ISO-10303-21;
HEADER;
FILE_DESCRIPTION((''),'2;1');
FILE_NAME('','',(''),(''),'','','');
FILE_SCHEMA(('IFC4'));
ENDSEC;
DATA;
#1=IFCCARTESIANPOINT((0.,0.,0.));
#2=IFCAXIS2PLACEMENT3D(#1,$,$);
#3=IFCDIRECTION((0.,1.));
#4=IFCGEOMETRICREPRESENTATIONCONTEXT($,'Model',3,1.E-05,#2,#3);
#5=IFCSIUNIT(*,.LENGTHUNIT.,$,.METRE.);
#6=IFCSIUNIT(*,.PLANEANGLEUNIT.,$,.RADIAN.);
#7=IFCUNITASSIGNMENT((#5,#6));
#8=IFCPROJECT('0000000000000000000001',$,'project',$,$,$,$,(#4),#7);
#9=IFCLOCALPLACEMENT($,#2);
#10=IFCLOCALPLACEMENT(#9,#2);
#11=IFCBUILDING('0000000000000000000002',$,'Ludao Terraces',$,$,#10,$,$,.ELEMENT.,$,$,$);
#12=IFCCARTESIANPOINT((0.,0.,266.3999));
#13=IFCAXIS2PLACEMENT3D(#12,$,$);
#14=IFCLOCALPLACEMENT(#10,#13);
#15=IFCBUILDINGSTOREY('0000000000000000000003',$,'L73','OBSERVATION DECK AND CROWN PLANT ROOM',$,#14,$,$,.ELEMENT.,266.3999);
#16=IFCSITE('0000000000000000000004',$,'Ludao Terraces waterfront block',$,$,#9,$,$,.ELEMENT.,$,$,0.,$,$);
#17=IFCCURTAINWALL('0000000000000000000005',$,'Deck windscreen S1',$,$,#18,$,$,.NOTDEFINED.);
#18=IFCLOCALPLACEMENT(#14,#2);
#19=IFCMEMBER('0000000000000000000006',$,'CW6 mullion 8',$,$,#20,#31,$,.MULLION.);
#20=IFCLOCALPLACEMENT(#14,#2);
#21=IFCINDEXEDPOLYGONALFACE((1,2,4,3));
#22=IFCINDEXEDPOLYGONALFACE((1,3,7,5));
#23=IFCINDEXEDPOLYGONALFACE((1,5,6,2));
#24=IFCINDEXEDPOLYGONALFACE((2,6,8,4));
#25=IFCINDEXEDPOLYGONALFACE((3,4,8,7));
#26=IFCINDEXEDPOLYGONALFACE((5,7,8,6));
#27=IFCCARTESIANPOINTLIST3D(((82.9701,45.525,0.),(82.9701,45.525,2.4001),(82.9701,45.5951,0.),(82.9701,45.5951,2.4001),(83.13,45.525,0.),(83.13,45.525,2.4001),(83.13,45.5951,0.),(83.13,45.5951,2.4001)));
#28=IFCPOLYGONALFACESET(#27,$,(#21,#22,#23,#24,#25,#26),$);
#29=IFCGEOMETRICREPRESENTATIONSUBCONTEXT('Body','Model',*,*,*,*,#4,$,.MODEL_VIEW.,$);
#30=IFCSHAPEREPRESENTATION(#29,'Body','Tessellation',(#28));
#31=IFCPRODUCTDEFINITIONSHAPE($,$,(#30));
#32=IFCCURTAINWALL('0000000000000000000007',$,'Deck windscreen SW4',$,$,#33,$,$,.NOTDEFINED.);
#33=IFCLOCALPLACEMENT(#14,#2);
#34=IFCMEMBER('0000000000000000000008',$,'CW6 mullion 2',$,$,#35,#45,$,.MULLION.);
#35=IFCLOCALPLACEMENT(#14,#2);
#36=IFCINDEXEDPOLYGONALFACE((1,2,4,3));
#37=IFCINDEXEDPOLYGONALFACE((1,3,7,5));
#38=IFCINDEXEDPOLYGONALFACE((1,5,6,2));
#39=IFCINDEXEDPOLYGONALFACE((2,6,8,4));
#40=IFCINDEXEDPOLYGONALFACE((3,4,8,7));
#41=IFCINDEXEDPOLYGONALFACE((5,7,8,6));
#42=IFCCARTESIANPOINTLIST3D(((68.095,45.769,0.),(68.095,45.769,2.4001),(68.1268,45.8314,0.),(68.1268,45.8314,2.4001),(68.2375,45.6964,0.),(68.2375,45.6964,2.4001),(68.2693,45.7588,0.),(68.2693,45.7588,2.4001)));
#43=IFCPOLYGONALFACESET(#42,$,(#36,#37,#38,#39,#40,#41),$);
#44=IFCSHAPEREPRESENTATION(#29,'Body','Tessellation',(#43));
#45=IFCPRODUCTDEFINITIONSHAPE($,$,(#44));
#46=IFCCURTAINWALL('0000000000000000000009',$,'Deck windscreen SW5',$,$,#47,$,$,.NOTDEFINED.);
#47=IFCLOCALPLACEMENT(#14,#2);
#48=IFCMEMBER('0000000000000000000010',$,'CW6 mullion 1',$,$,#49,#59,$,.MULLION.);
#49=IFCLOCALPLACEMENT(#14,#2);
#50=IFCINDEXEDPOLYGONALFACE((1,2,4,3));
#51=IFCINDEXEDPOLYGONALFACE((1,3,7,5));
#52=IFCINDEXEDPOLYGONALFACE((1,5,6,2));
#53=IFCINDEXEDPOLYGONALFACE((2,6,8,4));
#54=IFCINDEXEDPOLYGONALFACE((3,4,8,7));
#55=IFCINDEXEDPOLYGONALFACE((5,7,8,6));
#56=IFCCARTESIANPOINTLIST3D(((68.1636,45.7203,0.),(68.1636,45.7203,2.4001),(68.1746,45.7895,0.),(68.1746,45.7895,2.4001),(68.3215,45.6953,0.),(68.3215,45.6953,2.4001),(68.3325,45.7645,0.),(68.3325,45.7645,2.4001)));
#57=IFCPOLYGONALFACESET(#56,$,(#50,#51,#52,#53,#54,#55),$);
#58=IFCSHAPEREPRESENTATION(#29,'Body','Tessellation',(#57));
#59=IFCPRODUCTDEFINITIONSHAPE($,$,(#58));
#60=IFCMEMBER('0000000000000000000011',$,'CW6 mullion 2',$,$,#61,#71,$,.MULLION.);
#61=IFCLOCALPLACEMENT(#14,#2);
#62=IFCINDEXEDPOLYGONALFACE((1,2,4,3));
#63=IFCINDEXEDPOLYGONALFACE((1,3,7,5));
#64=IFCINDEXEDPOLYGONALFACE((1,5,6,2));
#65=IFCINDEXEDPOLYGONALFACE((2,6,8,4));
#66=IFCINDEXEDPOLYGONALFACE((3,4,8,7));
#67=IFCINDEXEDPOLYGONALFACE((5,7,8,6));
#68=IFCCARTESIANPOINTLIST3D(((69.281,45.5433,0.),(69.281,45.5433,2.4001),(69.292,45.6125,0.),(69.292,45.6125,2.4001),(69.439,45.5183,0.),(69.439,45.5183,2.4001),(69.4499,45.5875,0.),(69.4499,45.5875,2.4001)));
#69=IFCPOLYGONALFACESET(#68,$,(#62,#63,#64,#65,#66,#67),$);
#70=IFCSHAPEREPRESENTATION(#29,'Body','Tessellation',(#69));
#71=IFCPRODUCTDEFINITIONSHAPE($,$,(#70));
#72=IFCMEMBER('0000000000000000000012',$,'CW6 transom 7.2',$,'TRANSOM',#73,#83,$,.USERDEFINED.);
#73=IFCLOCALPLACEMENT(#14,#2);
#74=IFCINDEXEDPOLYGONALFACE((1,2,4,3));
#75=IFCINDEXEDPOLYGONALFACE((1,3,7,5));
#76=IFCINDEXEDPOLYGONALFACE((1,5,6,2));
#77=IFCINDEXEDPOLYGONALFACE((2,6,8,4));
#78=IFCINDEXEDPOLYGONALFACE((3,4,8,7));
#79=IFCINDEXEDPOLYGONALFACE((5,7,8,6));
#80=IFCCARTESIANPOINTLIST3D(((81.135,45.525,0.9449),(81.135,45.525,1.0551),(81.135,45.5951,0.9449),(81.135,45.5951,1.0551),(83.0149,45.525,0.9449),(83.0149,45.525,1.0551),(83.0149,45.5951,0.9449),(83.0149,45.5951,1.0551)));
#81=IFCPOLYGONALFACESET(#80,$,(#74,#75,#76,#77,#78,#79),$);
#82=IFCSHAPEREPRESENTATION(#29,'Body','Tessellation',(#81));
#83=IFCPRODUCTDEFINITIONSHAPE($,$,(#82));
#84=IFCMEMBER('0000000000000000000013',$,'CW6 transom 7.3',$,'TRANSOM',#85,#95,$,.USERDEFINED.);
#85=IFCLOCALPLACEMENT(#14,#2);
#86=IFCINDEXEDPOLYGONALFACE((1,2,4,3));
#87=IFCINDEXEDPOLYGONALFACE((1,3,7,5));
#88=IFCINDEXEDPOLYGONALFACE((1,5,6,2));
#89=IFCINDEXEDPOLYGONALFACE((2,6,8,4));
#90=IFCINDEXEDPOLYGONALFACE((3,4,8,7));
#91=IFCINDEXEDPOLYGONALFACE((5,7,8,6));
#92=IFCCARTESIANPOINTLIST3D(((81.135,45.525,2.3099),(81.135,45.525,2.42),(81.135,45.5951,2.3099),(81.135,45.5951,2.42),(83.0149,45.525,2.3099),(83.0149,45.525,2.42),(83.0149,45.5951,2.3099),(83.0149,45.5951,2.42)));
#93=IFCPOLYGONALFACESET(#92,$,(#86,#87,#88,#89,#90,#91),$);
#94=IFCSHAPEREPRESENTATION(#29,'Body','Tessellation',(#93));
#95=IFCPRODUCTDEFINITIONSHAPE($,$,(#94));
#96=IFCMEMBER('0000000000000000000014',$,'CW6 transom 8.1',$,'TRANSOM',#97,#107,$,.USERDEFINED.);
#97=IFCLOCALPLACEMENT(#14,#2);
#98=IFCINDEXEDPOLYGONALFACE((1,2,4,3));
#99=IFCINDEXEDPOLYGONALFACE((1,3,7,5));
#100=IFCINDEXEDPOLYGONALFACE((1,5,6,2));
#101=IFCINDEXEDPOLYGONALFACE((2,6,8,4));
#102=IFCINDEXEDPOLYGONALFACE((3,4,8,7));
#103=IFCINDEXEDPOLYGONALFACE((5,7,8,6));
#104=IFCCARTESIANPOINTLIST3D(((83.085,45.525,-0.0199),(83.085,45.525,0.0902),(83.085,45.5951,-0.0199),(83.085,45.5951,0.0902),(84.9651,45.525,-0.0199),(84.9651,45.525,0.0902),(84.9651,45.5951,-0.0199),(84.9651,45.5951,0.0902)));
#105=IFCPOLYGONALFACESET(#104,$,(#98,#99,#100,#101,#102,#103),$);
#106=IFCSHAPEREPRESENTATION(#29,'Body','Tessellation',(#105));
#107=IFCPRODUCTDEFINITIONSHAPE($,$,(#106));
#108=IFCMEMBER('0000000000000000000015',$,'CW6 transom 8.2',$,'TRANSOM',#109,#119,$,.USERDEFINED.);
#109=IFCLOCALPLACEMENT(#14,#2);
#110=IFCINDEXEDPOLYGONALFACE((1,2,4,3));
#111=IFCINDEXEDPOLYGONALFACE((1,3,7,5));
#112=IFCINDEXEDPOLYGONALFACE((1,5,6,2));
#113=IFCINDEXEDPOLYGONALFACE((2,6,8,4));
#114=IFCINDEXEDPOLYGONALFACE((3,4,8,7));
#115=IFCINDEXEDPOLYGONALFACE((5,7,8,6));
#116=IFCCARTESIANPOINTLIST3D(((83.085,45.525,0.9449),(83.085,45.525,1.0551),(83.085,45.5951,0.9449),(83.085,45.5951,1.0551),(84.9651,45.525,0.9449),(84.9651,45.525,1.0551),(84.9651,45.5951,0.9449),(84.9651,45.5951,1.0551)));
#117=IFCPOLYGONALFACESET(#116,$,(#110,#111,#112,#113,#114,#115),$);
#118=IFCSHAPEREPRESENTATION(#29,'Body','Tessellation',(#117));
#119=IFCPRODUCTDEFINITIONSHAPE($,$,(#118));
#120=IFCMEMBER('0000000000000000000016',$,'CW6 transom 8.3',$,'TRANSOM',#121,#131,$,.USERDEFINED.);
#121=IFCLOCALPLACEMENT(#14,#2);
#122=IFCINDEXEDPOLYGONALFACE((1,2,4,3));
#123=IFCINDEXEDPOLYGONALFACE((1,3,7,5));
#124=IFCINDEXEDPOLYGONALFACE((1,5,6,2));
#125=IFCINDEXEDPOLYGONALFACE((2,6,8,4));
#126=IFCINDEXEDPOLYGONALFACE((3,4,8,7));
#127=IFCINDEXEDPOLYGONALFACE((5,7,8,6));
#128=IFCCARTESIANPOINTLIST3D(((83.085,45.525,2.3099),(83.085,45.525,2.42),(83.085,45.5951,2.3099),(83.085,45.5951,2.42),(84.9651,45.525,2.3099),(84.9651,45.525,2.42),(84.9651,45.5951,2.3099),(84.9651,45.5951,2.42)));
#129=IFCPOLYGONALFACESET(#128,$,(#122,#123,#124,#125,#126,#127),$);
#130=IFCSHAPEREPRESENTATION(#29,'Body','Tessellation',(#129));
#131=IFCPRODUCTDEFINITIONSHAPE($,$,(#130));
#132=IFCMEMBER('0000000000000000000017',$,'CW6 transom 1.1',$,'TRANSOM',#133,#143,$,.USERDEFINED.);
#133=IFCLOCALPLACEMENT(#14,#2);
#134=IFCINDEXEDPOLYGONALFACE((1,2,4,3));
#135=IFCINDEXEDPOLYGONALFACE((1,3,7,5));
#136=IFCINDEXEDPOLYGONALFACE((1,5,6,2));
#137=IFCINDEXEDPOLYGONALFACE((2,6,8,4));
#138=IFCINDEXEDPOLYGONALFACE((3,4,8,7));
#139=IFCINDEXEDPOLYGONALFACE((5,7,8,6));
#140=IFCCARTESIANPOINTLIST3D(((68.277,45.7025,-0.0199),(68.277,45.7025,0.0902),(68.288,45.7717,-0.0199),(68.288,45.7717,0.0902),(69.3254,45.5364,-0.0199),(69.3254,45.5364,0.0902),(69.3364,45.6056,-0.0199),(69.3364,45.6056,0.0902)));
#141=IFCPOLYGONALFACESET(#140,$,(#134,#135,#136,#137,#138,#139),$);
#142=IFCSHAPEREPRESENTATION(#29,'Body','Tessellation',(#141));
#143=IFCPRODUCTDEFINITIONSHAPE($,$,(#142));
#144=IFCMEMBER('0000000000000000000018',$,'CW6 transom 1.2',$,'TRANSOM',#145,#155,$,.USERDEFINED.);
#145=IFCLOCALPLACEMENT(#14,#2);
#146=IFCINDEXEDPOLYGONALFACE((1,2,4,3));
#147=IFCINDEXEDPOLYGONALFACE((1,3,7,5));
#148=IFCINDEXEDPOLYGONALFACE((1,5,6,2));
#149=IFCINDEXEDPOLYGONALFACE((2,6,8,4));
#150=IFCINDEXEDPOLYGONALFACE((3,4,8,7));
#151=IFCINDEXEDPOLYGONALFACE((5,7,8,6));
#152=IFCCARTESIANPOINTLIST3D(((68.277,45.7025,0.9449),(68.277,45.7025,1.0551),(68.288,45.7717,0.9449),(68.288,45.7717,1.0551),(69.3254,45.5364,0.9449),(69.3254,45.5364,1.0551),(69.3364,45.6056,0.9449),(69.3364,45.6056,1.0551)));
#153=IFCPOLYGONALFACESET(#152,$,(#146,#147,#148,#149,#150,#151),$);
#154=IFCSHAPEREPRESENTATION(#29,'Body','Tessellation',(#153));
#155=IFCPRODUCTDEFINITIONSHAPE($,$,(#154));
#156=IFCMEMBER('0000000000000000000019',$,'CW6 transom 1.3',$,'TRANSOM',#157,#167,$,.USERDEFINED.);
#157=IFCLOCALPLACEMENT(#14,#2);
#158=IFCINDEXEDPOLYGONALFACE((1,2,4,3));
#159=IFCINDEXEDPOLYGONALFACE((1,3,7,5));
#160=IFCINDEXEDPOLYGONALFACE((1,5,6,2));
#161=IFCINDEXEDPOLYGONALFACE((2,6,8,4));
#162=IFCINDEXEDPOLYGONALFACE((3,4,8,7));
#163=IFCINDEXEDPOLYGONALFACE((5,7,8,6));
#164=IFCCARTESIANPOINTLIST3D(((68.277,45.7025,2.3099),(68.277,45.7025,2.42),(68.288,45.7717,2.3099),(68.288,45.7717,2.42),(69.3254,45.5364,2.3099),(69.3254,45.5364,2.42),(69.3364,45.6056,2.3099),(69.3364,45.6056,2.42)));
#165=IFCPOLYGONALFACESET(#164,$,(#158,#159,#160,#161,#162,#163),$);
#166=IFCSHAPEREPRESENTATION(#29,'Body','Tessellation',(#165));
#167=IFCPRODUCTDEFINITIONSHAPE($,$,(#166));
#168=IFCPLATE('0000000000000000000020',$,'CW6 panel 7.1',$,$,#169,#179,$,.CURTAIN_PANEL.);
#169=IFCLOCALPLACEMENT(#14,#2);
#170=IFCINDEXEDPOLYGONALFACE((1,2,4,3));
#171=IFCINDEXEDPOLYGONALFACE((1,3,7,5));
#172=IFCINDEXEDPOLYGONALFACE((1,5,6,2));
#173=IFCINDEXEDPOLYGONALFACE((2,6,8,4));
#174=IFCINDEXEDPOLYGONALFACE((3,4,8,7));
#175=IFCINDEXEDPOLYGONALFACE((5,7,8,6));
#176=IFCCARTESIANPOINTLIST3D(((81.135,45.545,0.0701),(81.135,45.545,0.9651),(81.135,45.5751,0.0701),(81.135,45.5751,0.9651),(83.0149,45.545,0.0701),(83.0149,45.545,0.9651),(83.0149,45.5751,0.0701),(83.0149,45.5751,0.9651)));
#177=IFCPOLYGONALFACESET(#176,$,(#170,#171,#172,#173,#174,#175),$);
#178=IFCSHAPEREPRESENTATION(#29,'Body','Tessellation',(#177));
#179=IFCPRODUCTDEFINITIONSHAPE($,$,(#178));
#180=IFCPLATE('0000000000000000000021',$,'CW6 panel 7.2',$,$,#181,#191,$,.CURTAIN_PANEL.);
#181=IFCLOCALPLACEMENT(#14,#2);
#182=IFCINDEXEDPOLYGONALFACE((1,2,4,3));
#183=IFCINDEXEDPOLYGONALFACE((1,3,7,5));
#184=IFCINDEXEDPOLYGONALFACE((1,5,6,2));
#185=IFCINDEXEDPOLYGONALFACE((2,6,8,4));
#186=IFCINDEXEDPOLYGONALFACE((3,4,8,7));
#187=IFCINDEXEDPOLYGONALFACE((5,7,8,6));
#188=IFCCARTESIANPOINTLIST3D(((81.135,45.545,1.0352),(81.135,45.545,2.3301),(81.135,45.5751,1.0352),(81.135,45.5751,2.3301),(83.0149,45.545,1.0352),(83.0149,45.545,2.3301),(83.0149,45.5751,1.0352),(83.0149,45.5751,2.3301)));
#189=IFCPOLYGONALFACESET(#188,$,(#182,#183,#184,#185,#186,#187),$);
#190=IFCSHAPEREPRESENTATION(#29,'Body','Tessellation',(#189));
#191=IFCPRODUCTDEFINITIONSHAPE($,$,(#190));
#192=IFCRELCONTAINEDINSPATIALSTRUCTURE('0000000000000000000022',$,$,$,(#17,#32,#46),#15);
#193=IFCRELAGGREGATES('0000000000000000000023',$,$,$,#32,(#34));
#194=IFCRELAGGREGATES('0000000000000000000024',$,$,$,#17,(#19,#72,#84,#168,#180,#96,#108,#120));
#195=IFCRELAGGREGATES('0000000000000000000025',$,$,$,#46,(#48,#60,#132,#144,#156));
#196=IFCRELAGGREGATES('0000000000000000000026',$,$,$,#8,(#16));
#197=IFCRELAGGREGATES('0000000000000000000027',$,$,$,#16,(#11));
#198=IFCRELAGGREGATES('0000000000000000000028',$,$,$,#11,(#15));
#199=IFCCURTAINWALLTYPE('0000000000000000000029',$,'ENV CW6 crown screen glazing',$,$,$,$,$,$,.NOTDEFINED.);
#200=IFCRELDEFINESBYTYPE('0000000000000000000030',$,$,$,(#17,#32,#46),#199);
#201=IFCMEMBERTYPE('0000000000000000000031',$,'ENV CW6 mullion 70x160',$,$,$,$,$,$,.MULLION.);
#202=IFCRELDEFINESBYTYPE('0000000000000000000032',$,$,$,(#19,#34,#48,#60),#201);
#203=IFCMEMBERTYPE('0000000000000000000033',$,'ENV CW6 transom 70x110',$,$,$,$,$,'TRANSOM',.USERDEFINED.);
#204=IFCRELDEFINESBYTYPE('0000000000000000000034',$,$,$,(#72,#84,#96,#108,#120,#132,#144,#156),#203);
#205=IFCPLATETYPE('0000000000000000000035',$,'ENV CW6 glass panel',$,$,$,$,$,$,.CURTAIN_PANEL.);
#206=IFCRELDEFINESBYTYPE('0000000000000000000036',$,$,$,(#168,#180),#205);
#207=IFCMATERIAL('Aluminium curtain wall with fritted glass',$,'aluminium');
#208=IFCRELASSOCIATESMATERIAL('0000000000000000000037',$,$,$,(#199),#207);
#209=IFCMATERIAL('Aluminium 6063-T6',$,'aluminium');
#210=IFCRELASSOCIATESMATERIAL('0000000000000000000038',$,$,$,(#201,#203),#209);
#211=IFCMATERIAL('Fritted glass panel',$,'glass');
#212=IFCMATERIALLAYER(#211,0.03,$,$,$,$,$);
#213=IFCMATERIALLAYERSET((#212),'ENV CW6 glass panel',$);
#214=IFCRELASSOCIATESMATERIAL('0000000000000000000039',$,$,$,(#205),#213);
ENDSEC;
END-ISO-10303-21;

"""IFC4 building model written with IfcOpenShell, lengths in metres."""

from ifc_helpers import new_model, si_unit, direction, frame, origin, origin_2d, place, context, subcontext, project, spatial, rectangle, extrude, material, layer, layer_set, material_profile, profile_set, type_object, element, aggregate, save


model = new_model("IFC4")

# Units and contexts
model_context = context("Model", 3, precision=1e-05, world=origin(), true_north=direction((0.0, 1.0)))
body_context = subcontext(model_context, "Body", "Model", "MODEL_VIEW")
ifc_project = project(units=[si_unit("LENGTHUNIT", "METRE"), si_unit("PLANEANGLEUNIT", "RADIAN")], contexts=[model_context])

# Site, building, storey
site_placement = place(None, origin())
site = spatial("IfcSite", under=ifc_project, at=site_placement, Name="Ludao Terraces waterfront block", CompositionType="ELEMENT", RefElevation=0.0)
building_placement = place(site_placement, origin())
building = spatial("IfcBuilding", under=site, at=building_placement, Name="Ludao Terraces", CompositionType="ELEMENT")
storey_placement = place(building_placement, frame((0.0, 0.0, 266.3999)))
storey = spatial("IfcBuildingStorey", under=building, at=storey_placement, Name="L73", Description="OBSERVATION DECK AND CROWN PLANT ROOM", CompositionType="ELEMENT", Elevation=266.3999)

# Curtain walls, members
ifc_material_1 = material(Name="Aluminium curtain wall with fritted glass", Category="aluminium")
curtain_wall_type = type_object("IfcCurtainWallType", Name="ENV CW6 crown screen glazing", PredefinedType="NOTDEFINED", material=ifc_material_1)
curtain_wall_1_placement = place(storey_placement, origin())
curtain_wall_1 = element("IfcCurtainWall", 1, at=curtain_wall_1_placement, inside=storey, type_object=curtain_wall_type, Name="Deck windscreen S1", PredefinedType="NOTDEFINED")
ifc_material_2 = material(Name="Aluminium 6063-T6", Category="aluminium")
ifc_material_profile_1 = material_profile(ifc_material_2, rectangle(XDim=0.0701, YDim=0.1599, at=origin_2d()), Name="70 X 160")
ifc_profile_set_1 = profile_set([ifc_material_profile_1], Name="Aluminium 6063-T6")
member_type_1 = type_object("IfcMemberType", Name="ENV CW6 mullion 70x160", PredefinedType="MULLION", material=ifc_profile_set_1)
member_1_placement = place(storey_placement, frame((83.05, 45.5601, 0.0), z_axis=(0.0, 0.0, 1.0), x_axis=(0.0, 1.0, 0.0)))
member_1 = element("IfcMember", 2, at=member_1_placement, type_object=member_type_1, Name="CW6 mullion 8", PredefinedType="MULLION", context=body_context, shape_type="SweptSolid", body=[
    extrude(rectangle(XDim=0.0701, YDim=0.1599, at=origin_2d()), origin(), (0.0, 0.0, 1.0), 2.4001),
])
curtain_wall_2_placement = place(storey_placement, origin())
curtain_wall_2 = element("IfcCurtainWall", 3, at=curtain_wall_2_placement, inside=storey, type_object=curtain_wall_type, Name="Deck windscreen SW4", PredefinedType="NOTDEFINED")
member_2_placement = place(storey_placement, frame((68.1821, 45.7639, 0.0), z_axis=(0.0, 0.0, 1.0), x_axis=(0.453991, 0.891006, 0.0)))
member_2 = element("IfcMember", 4, at=member_2_placement, type_object=member_type_1, Name="CW6 mullion 2", PredefinedType="MULLION", context=body_context, shape_type="SweptSolid", body=[
    extrude(rectangle(XDim=0.0701, YDim=0.1599, at=origin_2d()), origin(), (0.0, 0.0, 1.0), 2.4001),
])
aggregate(curtain_wall_2, [member_2])

# Curtain wall, members
curtain_wall_3_placement = place(storey_placement, origin())
curtain_wall_3 = element("IfcCurtainWall", 5, at=curtain_wall_3_placement, inside=storey, type_object=curtain_wall_type, Name="Deck windscreen SW5", PredefinedType="NOTDEFINED")
member_3_placement = place(storey_placement, frame((68.248, 45.7424, 0.0), z_axis=(0.0, 0.0, 1.0), x_axis=(0.156435, 0.987688, 0.0)))
member_3 = element("IfcMember", 6, at=member_3_placement, type_object=member_type_1, Name="CW6 mullion 1", PredefinedType="MULLION", context=body_context, shape_type="SweptSolid", body=[
    extrude(rectangle(XDim=0.0701, YDim=0.1599, at=origin_2d()), origin(), (0.0, 0.0, 1.0), 2.4001),
])
member_4_placement = place(storey_placement, frame((69.3655, 45.5654, 0.0), z_axis=(0.0, 0.0, 1.0), x_axis=(0.156435, 0.987688, 0.0)))
member_4 = element("IfcMember", 7, at=member_4_placement, type_object=member_type_1, Name="CW6 mullion 2", PredefinedType="MULLION", context=body_context, shape_type="SweptSolid", body=[
    extrude(rectangle(XDim=0.0701, YDim=0.1599, at=origin_2d()), origin(), (0.0, 0.0, 1.0), 2.4001),
])

# Members
ifc_material_profile_2 = material_profile(ifc_material_2, rectangle(XDim=0.0701, YDim=0.1101, at=origin_2d()), Name="70 X 110")
ifc_profile_set_2 = profile_set([ifc_material_profile_2], Name="Aluminium 6063-T6")
member_type_2 = type_object("IfcMemberType", Name="ENV CW6 transom 70x110", ElementType="TRANSOM", PredefinedType="USERDEFINED", material=ifc_profile_set_2)
member_5_placement = place(storey_placement, frame((81.135, 45.5601, 1.0), z_axis=(1.0, 0.0, 0.0), x_axis=(0.0, 1.0, 0.0)))
member_5 = element("IfcMember", 8, at=member_5_placement, type_object=member_type_2, Name="CW6 transom 7.2", ObjectType="TRANSOM", PredefinedType="USERDEFINED", context=body_context, shape_type="SweptSolid", body=[
    extrude(rectangle(XDim=0.0701, YDim=0.1101, at=origin_2d()), origin(), (0.0, 0.0, 1.0), 1.8799),
])
member_6_placement = place(storey_placement, frame((81.135, 45.5601, 2.365), z_axis=(1.0, 0.0, 0.0), x_axis=(0.0, 1.0, 0.0)))
member_6 = element("IfcMember", 9, at=member_6_placement, type_object=member_type_2, Name="CW6 transom 7.3", ObjectType="TRANSOM", PredefinedType="USERDEFINED", context=body_context, shape_type="SweptSolid", body=[
    extrude(rectangle(XDim=0.0701, YDim=0.1101, at=origin_2d()), origin(), (0.0, 0.0, 1.0), 1.8799),
])
member_7_placement = place(storey_placement, frame((83.085, 45.5601, 0.0352), z_axis=(1.0, 0.0, 0.0), x_axis=(0.0, 1.0, 0.0)))
member_7 = element("IfcMember", 10, at=member_7_placement, type_object=member_type_2, Name="CW6 transom 8.1", ObjectType="TRANSOM", PredefinedType="USERDEFINED", context=body_context, shape_type="SweptSolid", body=[
    extrude(rectangle(XDim=0.0701, YDim=0.1101, at=origin_2d()), origin(), (0.0, 0.0, 1.0), 1.8801),
])
member_8_placement = place(storey_placement, frame((83.085, 45.5601, 1.0), z_axis=(1.0, 0.0, 0.0), x_axis=(0.0, 1.0, 0.0)))
member_8 = element("IfcMember", 11, at=member_8_placement, type_object=member_type_2, Name="CW6 transom 8.2", ObjectType="TRANSOM", PredefinedType="USERDEFINED", context=body_context, shape_type="SweptSolid", body=[
    extrude(rectangle(XDim=0.0701, YDim=0.1101, at=origin_2d()), origin(), (0.0, 0.0, 1.0), 1.8801),
])
member_9_placement = place(storey_placement, frame((83.085, 45.5601, 2.365), z_axis=(1.0, 0.0, 0.0), x_axis=(0.0, 1.0, 0.0)))
member_9 = element("IfcMember", 12, at=member_9_placement, type_object=member_type_2, Name="CW6 transom 8.3", ObjectType="TRANSOM", PredefinedType="USERDEFINED", context=body_context, shape_type="SweptSolid", body=[
    extrude(rectangle(XDim=0.0701, YDim=0.1101, at=origin_2d()), origin(), (0.0, 0.0, 1.0), 1.8801),
])
member_10_placement = place(storey_placement, frame((68.2825, 45.7371, 0.0352), z_axis=(0.987692, -0.156411, 0.0), x_axis=(0.156411, 0.987692, 0.0)))
member_10 = element("IfcMember", 13, at=member_10_placement, type_object=member_type_2, Name="CW6 transom 1.1", ObjectType="TRANSOM", PredefinedType="USERDEFINED", context=body_context, shape_type="SweptSolid", body=[
    extrude(rectangle(XDim=0.0701, YDim=0.1101, at=origin_2d()), origin(), (0.0, 0.0, 1.0), 1.0615),
])
member_11_placement = place(storey_placement, frame((68.2825, 45.7371, 1.0), z_axis=(0.987692, -0.156411, 0.0), x_axis=(0.156411, 0.987692, 0.0)))
member_11 = element("IfcMember", 14, at=member_11_placement, type_object=member_type_2, Name="CW6 transom 1.2", ObjectType="TRANSOM", PredefinedType="USERDEFINED", context=body_context, shape_type="SweptSolid", body=[
    extrude(rectangle(XDim=0.0701, YDim=0.1101, at=origin_2d()), origin(), (0.0, 0.0, 1.0), 1.0615),
])
member_12_placement = place(storey_placement, frame((68.2825, 45.7371, 2.365), z_axis=(0.987692, -0.156411, 0.0), x_axis=(0.156411, 0.987692, 0.0)))
member_12 = element("IfcMember", 15, at=member_12_placement, type_object=member_type_2, Name="CW6 transom 1.3", ObjectType="TRANSOM", PredefinedType="USERDEFINED", context=body_context, shape_type="SweptSolid", body=[
    extrude(rectangle(XDim=0.0701, YDim=0.1101, at=origin_2d()), origin(), (0.0, 0.0, 1.0), 1.0615),
])

# Plates
ifc_material_3 = material(Name="Fritted glass panel", Category="glass")
ifc_layer_1 = layer(ifc_material_3, 0.03)
ifc_layer_set_1 = layer_set([ifc_layer_1], Name="ENV CW6 glass panel")
plate_type = type_object("IfcPlateType", Name="ENV CW6 glass panel", PredefinedType="CURTAIN_PANEL", material=ifc_layer_set_1)
plate_1_placement = place(storey_placement, frame((82.075, 45.5601, 0.0701), z_axis=(0.0, 0.0, 1.0), x_axis=(1.0, 0.0, 0.0)))
plate_1 = element("IfcPlate", 16, at=plate_1_placement, type_object=plate_type, Name="CW6 panel 7.1", PredefinedType="CURTAIN_PANEL", context=body_context, shape_type="SweptSolid", body=[
    extrude(rectangle(XDim=1.8799, YDim=0.03, at=origin_2d()), origin(), (0.0, 0.0, 1.0), 0.895),
])
plate_2_placement = place(storey_placement, frame((82.075, 45.5601, 1.0352), z_axis=(0.0, 0.0, 1.0), x_axis=(1.0, 0.0, 0.0)))
plate_2 = element("IfcPlate", 17, at=plate_2_placement, type_object=plate_type, Name="CW6 panel 7.2", PredefinedType="CURTAIN_PANEL", context=body_context, shape_type="SweptSolid", body=[
    extrude(rectangle(XDim=1.8799, YDim=0.03, at=origin_2d()), origin(), (0.0, 0.0, 1.0), 1.2949),
])
aggregate(curtain_wall_1, [member_1, member_5, member_6, plate_1, plate_2, member_7, member_8, member_9])
aggregate(curtain_wall_3, [member_3, member_4, member_10, member_11, member_12])

save(model, "model.ifc")
